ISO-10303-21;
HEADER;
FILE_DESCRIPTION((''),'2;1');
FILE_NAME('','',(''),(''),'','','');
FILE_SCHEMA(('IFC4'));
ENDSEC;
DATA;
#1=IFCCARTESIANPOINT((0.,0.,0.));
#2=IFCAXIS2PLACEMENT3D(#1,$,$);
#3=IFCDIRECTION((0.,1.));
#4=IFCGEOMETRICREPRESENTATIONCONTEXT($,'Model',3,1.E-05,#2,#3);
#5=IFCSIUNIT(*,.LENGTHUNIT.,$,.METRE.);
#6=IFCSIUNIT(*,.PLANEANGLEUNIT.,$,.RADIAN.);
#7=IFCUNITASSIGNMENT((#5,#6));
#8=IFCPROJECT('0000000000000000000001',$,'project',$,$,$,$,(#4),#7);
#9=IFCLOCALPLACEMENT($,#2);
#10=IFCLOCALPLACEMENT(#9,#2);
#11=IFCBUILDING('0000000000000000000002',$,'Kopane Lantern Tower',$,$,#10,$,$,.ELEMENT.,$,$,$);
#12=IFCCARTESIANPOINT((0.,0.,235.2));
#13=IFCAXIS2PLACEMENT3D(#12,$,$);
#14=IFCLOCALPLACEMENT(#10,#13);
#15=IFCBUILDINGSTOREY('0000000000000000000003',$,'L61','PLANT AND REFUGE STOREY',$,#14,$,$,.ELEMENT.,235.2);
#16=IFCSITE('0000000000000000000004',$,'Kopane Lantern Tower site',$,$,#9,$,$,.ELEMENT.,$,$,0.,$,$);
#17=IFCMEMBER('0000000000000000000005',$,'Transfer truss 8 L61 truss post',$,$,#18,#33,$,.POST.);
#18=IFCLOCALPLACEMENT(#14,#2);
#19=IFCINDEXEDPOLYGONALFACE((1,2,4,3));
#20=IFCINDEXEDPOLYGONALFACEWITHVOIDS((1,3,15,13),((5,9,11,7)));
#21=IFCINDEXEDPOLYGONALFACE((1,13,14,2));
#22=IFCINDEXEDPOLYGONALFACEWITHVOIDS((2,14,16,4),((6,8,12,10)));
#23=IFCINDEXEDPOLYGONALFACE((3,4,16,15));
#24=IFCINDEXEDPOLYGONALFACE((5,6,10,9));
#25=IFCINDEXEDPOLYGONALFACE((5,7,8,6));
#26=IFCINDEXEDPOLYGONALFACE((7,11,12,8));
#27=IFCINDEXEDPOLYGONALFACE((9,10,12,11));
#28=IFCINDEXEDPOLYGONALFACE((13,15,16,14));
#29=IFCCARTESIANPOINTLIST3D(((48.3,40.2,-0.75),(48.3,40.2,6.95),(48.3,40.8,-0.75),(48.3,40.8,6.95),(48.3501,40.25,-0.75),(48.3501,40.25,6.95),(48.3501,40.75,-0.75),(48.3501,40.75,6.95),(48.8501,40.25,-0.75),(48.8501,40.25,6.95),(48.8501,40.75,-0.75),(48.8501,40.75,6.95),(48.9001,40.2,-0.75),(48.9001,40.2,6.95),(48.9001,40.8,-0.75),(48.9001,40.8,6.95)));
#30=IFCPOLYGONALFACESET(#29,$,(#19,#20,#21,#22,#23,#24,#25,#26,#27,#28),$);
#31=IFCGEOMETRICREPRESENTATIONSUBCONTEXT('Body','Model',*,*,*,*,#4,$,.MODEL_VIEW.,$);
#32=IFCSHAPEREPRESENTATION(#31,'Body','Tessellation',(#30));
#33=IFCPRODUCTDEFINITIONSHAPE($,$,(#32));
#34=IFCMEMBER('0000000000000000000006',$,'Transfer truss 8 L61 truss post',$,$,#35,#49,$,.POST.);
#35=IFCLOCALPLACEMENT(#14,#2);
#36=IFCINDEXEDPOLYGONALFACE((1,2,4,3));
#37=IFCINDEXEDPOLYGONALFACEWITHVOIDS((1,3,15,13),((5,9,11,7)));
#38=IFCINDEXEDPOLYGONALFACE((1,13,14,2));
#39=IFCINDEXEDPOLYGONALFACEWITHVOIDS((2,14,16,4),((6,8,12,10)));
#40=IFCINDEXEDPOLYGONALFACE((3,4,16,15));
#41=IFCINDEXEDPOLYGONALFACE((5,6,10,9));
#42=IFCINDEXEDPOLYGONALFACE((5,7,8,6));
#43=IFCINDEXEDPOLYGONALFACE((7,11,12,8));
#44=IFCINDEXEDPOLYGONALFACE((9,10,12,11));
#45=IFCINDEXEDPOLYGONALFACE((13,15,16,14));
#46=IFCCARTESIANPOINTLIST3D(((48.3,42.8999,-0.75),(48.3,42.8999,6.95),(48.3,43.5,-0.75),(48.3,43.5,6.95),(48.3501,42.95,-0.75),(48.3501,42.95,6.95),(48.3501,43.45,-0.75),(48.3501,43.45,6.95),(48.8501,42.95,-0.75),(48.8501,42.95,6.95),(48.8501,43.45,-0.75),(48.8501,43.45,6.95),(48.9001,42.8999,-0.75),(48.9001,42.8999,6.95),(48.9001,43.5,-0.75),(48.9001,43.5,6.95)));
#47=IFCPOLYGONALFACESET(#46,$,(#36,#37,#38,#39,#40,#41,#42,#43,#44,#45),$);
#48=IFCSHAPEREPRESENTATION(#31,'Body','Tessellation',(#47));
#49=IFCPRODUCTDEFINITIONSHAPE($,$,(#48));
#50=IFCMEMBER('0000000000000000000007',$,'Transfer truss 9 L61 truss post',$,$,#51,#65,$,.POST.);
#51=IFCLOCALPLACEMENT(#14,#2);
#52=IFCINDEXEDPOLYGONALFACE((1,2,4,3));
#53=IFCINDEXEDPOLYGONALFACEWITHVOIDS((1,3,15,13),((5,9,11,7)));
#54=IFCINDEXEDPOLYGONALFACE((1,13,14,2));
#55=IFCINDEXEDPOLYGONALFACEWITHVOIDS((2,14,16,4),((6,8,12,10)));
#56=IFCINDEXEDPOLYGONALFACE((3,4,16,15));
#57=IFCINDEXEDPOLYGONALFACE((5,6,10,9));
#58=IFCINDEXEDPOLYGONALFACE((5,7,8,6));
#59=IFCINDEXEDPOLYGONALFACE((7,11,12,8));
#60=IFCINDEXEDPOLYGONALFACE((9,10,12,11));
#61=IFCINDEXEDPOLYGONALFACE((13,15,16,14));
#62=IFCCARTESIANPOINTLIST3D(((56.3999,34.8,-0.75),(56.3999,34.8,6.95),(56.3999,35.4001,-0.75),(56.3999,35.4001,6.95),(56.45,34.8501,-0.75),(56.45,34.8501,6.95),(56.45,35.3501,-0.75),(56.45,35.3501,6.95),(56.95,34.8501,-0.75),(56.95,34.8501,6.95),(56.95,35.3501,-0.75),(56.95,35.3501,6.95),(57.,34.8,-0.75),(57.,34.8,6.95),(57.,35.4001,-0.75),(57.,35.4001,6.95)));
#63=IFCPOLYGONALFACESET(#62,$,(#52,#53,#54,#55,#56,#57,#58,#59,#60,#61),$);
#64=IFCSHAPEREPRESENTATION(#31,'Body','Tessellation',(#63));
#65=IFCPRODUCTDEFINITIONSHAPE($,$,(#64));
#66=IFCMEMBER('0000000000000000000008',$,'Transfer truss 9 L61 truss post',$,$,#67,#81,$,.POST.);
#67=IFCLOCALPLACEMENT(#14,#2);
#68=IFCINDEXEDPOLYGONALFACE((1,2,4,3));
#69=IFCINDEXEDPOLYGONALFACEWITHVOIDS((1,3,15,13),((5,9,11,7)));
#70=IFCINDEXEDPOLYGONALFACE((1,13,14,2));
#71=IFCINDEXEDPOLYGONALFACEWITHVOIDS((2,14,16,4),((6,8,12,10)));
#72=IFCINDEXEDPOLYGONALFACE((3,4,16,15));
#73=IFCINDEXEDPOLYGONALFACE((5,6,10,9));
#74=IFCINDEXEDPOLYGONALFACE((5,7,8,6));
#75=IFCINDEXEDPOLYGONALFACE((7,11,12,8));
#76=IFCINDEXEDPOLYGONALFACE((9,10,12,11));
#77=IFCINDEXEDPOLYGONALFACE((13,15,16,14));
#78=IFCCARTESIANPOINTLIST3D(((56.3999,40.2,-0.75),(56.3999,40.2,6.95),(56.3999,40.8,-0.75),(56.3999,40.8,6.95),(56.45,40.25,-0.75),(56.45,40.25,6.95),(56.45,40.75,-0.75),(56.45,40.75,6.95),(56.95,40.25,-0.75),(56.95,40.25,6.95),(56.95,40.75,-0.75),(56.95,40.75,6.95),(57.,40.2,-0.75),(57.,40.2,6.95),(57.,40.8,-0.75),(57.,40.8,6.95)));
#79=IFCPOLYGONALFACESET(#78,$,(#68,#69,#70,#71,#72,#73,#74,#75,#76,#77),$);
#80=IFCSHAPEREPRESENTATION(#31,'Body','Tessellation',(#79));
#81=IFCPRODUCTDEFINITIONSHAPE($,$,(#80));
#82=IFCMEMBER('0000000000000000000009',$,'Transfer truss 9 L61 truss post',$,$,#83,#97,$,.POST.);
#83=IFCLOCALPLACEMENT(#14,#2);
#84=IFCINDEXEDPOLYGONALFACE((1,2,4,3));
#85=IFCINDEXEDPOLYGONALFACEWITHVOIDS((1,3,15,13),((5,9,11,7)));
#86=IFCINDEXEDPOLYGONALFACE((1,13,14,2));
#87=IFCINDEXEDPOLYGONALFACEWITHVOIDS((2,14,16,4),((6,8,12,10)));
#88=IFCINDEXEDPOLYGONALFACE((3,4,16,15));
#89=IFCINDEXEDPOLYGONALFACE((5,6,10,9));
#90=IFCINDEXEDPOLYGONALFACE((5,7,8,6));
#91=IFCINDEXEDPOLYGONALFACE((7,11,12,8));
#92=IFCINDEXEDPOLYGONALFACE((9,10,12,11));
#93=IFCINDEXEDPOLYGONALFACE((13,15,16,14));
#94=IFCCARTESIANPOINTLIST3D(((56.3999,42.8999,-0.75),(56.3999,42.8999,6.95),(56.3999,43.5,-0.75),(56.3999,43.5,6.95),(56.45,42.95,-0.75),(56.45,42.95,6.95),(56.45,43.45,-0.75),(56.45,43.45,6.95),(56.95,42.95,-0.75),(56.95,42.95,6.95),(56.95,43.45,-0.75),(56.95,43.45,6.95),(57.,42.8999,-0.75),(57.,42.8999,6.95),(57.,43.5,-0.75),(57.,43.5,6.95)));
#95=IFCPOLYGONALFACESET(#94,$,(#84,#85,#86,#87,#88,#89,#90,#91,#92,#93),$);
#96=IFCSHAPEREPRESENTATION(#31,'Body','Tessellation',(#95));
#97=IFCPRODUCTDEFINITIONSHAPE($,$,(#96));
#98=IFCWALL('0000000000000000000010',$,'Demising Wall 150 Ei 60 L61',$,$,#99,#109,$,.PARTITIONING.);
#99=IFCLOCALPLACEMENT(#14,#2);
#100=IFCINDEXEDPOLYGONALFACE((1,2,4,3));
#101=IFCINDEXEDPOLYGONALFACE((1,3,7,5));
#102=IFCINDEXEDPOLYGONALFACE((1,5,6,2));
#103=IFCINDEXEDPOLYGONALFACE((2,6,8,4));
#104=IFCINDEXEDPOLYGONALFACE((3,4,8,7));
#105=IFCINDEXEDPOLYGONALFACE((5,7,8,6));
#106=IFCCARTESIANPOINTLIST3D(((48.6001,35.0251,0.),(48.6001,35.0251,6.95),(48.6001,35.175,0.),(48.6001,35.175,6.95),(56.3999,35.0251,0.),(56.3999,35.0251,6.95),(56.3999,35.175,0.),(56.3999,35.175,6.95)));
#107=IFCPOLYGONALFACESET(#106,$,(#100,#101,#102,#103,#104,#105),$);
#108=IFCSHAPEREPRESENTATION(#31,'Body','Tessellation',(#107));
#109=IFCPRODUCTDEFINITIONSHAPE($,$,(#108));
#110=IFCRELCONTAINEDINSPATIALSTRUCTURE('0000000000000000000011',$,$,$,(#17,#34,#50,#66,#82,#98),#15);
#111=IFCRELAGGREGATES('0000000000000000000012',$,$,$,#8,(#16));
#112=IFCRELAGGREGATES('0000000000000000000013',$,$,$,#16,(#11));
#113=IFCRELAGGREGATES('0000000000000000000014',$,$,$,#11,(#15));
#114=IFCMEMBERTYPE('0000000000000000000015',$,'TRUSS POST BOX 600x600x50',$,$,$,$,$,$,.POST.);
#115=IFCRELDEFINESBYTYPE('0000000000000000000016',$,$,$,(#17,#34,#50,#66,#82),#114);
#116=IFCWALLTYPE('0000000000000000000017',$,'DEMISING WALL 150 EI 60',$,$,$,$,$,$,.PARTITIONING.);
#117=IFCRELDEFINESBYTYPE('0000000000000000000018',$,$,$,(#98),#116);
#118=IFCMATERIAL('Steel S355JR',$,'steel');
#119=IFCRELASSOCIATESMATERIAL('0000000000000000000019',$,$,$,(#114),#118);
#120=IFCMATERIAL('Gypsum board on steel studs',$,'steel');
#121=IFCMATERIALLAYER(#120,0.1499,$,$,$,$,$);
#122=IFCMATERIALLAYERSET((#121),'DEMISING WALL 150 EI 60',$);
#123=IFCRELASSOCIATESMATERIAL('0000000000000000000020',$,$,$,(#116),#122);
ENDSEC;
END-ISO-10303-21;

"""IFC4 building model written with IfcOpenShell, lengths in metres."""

from ifc_helpers import new_model, si_unit, direction, frame, frame_2d, origin, origin_2d, place, context, subcontext, project, spatial, rectangle, hollow_rectangle, extrude, material, layer, layer_set, material_profile, profile_set, type_object, element, save


model = new_model("IFC4")

# Units and contexts
model_context = context("Model", 3, precision=1e-05, world=origin(), true_north=direction((0.0, 1.0)))
body_context = subcontext(model_context, "Body", "Model", "MODEL_VIEW")
ifc_project = project(units=[si_unit("LENGTHUNIT", "METRE"), si_unit("PLANEANGLEUNIT", "RADIAN")], contexts=[model_context])

# Site, building, storey
site_placement = place(None, origin())
site = spatial("IfcSite", under=ifc_project, at=site_placement, Name="Kopane Lantern Tower site", CompositionType="ELEMENT", RefElevation=0.0)
building_placement = place(site_placement, origin())
building = spatial("IfcBuilding", under=site, at=building_placement, Name="Kopane Lantern Tower", CompositionType="ELEMENT")
storey_placement = place(building_placement, frame((0.0, 0.0, 235.2)))
storey = spatial("IfcBuildingStorey", under=building, at=storey_placement, Name="L61", Description="PLANT AND REFUGE STOREY", CompositionType="ELEMENT", Elevation=235.2)

# Members
ifc_material_1 = material(Name="Steel S355JR", Category="steel")
ifc_material_profile_1 = material_profile(ifc_material_1, hollow_rectangle(XDim=0.6001, YDim=0.6001, WallThickness=0.05, at=origin_2d()), Name="BOX 600x600x50")
ifc_profile_set_1 = profile_set([ifc_material_profile_1], Name="Steel S355JR")
member_type_1 = type_object("IfcMemberType", Name="TRUSS POST BOX 600x600x50", PredefinedType="POST", material=ifc_profile_set_1)
for number, where, z_axis, x_axis, name in (
    (1, (48.6001, 40.5, -0.75), (0.0, 0.0, 1.0), (1.0, 0.0, 0.0), "Transfer truss 8 L61 truss post"),
    (2, (48.6001, 43.2, -0.75), (0.0, 0.0, 1.0), (1.0, 0.0, 0.0), "Transfer truss 8 L61 truss post"),
    (3, (56.7, 35.1001, -0.75), (0.0, 0.0, 1.0), (1.0, 0.0, 0.0), "Transfer truss 9 L61 truss post"),
    (4, (56.7, 40.5, -0.75), (0.0, 0.0, 1.0), (1.0, 0.0, 0.0), "Transfer truss 9 L61 truss post"),
    (5, (56.7, 43.2, -0.75), (0.0, 0.0, 1.0), (1.0, 0.0, 0.0), "Transfer truss 9 L61 truss post"),
):
    element("IfcMember", number, at=place(storey_placement, frame(where, z_axis=z_axis, x_axis=x_axis)), inside=storey, type_object=member_type_1, Name=name, PredefinedType="POST", context=body_context, shape_type="SweptSolid", body=[
        extrude(hollow_rectangle(XDim=0.6001, YDim=0.6001, WallThickness=0.05, at=origin_2d()), origin(), (0.0, 0.0, 1.0), 7.7),
    ])

# Wall
ifc_material_2 = material(Name="Gypsum board on steel studs", Category="steel")
ifc_layer = layer(ifc_material_2, 0.1499)
ifc_layer_set = layer_set([ifc_layer], Name="DEMISING WALL 150 EI 60")
wall_type = type_object("IfcWallType", Name="DEMISING WALL 150 EI 60", PredefinedType="PARTITIONING", material=ifc_layer_set)
wall_placement = place(storey_placement, frame((48.6001, 35.1001, 0.0), z_axis=(0.0, 0.0, 1.0), x_axis=(1.0, 0.0, 0.0)))
element("IfcWall", 6, at=wall_placement, inside=storey, type_object=wall_type, Name="Demising Wall 150 Ei 60 L61", PredefinedType="PARTITIONING", context=body_context, shape_type="SweptSolid", body=[
    extrude(rectangle(XDim=7.7998, YDim=0.1499, at=frame_2d((3.8999, 0.0))), origin(), (0.0, 0.0, 1.0), 6.95),
])

save(model, "model.ifc")
